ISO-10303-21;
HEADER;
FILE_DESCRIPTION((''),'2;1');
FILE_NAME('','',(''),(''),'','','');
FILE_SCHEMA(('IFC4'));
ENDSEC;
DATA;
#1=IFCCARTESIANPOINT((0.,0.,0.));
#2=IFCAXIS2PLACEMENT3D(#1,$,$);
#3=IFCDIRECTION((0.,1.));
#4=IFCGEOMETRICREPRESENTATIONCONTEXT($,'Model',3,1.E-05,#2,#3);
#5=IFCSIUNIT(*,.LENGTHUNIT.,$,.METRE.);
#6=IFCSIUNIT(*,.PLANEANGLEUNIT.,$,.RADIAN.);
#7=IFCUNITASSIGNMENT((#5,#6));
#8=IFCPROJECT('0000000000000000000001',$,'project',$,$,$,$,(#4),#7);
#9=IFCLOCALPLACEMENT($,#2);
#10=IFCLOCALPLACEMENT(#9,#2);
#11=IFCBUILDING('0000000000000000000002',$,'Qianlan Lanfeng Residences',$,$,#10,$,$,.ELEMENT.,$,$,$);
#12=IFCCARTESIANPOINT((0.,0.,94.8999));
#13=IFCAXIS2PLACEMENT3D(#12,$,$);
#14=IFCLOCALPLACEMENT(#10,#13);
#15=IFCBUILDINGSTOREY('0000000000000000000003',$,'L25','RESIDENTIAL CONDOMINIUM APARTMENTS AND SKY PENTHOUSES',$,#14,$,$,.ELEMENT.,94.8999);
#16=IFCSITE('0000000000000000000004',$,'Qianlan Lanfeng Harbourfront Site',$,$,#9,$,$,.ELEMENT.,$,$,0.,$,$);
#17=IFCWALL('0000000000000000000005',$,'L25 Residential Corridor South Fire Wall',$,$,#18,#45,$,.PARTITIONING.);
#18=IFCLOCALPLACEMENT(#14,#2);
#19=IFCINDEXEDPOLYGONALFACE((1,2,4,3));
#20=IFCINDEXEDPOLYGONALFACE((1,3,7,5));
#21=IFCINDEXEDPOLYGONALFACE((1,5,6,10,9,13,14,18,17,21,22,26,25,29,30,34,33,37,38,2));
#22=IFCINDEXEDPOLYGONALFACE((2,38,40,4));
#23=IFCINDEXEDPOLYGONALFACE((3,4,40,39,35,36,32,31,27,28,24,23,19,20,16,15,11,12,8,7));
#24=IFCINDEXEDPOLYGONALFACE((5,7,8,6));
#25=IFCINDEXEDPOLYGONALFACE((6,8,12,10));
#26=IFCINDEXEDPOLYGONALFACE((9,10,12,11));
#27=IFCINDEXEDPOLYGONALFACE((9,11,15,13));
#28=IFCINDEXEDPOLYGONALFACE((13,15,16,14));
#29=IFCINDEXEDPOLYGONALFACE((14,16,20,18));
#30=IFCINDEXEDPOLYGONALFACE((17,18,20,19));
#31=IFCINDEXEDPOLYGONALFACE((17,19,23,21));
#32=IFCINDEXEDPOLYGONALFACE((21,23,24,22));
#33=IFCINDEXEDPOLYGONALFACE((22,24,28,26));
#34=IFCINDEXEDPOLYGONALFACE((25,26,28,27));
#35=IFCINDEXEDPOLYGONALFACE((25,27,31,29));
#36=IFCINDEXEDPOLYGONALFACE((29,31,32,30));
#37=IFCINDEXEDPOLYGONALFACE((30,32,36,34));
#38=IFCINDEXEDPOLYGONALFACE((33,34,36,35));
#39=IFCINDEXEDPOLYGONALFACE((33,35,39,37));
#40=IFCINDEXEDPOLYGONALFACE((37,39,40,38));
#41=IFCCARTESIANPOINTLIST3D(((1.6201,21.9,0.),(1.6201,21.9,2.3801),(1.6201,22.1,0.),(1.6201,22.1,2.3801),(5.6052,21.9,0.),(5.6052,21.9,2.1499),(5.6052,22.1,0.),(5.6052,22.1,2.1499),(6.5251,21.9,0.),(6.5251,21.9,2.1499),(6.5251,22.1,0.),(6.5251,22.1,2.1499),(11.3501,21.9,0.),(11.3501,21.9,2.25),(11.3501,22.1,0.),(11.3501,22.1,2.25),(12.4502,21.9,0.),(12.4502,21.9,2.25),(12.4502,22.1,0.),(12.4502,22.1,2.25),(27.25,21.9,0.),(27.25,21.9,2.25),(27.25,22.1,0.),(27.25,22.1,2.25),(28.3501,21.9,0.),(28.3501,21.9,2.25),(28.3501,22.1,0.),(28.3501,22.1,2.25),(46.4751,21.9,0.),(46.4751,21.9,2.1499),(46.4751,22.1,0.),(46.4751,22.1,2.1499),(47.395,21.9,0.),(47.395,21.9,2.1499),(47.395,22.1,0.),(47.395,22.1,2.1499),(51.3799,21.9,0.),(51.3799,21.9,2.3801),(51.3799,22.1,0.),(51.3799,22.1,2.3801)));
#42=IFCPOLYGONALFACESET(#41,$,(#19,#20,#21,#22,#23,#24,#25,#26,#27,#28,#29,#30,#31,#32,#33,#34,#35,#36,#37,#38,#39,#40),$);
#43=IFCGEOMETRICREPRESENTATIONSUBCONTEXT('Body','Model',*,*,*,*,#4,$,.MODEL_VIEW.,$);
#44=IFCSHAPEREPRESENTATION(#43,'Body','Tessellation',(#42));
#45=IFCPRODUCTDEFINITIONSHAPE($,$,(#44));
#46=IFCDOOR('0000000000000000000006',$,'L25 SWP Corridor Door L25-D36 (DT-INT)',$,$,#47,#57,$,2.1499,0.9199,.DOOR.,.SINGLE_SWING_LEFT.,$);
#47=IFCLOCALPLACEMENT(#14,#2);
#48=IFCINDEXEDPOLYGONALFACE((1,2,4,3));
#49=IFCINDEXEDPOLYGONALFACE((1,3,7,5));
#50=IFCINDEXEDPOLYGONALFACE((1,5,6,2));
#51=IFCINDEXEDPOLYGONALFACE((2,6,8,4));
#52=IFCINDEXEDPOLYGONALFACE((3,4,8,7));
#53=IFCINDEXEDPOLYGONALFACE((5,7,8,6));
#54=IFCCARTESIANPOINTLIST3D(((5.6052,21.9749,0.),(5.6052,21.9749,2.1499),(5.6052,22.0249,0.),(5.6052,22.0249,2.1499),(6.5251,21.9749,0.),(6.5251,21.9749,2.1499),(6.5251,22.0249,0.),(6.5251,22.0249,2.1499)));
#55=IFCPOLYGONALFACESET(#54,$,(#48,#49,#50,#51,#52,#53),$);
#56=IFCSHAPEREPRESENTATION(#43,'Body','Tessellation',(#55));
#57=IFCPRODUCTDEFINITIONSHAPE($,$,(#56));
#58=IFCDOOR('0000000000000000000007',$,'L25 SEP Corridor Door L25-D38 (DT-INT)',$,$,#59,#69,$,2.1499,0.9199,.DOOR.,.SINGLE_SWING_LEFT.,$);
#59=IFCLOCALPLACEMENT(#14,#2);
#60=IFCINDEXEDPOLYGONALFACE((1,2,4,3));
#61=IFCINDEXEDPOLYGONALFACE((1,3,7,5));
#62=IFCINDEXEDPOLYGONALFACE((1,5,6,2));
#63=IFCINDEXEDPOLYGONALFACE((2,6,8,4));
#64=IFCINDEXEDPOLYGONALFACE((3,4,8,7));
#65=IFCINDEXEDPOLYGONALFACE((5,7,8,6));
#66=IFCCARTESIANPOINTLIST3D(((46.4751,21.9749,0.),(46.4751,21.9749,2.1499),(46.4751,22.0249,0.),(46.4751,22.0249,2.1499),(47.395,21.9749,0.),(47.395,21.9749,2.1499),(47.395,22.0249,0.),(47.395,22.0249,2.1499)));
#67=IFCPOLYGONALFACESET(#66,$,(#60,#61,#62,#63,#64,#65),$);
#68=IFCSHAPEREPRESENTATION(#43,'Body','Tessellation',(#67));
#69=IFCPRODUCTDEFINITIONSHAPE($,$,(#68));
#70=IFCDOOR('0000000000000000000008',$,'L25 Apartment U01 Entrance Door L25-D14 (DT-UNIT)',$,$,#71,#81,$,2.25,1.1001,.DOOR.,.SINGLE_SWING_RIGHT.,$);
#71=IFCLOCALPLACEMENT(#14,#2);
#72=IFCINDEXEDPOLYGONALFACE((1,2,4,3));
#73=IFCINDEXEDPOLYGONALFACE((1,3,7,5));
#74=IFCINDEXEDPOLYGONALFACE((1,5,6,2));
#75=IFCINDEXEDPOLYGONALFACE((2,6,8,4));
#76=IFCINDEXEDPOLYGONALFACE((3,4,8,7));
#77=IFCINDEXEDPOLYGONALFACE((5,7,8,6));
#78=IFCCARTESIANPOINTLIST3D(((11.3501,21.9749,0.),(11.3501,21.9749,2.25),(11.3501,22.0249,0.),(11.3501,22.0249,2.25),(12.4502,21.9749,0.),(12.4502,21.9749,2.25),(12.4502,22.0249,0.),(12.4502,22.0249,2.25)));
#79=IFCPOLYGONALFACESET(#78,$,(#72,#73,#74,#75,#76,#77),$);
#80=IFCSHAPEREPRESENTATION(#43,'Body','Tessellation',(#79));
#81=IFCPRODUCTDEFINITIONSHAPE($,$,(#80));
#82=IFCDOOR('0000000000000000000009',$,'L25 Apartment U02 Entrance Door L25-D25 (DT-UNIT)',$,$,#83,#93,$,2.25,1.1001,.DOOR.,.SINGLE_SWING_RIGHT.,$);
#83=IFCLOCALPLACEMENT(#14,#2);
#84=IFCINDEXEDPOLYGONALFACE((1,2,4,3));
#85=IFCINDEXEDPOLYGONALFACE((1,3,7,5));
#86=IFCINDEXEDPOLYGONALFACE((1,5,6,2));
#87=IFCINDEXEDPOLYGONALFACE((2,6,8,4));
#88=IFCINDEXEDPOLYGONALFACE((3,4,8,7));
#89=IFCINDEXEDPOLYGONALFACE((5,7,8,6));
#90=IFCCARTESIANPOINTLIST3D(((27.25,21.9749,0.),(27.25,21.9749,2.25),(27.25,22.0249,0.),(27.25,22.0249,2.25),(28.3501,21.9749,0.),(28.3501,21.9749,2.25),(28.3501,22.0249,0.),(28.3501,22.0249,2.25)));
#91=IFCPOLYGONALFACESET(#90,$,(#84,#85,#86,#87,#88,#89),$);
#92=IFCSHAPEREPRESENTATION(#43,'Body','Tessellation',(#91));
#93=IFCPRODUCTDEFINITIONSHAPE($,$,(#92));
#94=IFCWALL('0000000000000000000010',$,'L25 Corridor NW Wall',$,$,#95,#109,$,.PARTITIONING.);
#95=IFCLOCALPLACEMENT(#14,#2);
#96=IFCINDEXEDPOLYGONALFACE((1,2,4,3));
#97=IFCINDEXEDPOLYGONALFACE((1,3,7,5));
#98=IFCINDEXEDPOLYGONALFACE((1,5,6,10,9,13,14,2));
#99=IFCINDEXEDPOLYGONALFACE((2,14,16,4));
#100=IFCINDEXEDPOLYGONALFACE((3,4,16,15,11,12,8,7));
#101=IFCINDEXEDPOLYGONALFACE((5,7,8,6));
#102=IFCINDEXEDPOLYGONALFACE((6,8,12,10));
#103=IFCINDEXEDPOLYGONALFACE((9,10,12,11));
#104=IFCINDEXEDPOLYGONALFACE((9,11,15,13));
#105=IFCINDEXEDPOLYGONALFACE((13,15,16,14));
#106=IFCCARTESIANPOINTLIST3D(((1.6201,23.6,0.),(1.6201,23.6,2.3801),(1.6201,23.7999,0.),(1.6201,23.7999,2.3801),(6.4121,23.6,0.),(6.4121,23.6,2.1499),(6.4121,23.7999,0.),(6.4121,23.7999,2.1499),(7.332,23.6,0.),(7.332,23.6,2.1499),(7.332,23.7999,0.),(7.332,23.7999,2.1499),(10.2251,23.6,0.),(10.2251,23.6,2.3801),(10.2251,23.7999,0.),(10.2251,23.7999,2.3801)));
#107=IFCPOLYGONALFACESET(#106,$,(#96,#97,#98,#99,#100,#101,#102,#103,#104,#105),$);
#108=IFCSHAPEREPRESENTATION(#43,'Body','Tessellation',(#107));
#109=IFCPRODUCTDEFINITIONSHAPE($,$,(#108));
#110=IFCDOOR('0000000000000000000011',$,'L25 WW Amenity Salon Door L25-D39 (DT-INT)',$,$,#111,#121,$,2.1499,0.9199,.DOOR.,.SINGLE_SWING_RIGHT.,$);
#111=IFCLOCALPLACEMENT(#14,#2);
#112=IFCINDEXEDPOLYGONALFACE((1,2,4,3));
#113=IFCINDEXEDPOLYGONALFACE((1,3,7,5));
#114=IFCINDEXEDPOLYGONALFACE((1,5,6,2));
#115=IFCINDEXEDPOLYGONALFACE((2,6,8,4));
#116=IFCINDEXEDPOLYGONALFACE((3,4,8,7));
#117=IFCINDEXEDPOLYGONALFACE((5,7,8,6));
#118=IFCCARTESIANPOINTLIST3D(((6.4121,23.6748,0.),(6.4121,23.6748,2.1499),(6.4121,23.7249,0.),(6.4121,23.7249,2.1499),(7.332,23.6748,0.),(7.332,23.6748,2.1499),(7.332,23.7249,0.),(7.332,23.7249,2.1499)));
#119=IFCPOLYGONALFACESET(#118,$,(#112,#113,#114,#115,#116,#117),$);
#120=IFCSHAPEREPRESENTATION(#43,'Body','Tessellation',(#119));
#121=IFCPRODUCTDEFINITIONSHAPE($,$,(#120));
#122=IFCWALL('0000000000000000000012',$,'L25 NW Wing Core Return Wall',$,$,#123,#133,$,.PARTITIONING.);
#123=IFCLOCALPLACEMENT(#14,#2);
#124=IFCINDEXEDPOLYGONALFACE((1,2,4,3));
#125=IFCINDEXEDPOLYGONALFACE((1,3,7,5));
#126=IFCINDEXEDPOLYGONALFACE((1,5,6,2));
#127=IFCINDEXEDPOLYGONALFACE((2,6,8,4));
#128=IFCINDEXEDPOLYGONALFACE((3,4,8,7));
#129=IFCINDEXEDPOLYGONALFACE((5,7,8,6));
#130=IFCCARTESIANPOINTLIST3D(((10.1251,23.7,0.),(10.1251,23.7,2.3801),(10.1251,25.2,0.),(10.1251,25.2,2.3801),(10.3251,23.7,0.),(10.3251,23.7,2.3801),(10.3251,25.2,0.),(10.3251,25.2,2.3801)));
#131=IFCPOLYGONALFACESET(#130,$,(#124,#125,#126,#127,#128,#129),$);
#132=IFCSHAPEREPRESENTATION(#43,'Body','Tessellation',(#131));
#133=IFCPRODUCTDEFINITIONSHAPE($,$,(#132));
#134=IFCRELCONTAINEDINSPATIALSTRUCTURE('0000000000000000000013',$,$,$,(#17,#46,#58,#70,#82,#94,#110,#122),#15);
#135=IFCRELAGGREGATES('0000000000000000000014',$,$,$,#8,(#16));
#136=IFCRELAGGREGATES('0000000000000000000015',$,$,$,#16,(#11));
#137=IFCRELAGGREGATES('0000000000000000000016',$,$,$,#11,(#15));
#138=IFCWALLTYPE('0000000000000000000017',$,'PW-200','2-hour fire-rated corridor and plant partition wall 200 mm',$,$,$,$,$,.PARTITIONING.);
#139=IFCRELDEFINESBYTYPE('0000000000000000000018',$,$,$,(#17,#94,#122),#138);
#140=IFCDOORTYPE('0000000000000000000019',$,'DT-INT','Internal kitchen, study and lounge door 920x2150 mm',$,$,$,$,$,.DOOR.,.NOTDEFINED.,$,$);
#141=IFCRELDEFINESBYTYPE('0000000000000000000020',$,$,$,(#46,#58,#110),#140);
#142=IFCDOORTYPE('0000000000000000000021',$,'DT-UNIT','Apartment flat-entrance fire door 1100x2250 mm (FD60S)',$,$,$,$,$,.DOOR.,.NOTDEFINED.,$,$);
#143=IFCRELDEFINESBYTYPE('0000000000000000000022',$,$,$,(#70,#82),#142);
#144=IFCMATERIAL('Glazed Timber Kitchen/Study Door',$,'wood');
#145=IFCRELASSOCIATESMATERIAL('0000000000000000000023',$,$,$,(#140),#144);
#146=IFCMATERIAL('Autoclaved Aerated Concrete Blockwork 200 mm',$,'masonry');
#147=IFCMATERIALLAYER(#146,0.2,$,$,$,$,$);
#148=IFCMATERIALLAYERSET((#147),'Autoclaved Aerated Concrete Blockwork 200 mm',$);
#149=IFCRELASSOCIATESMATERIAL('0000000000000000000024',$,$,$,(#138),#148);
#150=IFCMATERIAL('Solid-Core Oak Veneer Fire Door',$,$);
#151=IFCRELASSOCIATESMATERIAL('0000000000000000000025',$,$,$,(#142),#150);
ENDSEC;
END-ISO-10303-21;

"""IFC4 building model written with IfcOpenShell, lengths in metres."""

from ifc_helpers import new_model, si_unit, direction, frame, frame_2d, origin, place, context, subcontext, project, spatial, rectangle, extrude, material, layer, layer_set, type_object, element, fill, save


model = new_model("IFC4")

# Units and contexts
model_context = context("Model", 3, precision=1e-05, world=origin(), true_north=direction((0.0, 1.0)))
body_context = subcontext(model_context, "Body", "Model", "MODEL_VIEW")
ifc_project = project(units=[si_unit("LENGTHUNIT", "METRE"), si_unit("PLANEANGLEUNIT", "RADIAN")], contexts=[model_context])

# Site, building, storey
site_placement = place(None, origin())
site = spatial("IfcSite", under=ifc_project, at=site_placement, Name="Qianlan Lanfeng Harbourfront Site", CompositionType="ELEMENT", RefElevation=0.0)
building_placement = place(site_placement, origin())
building = spatial("IfcBuilding", under=site, at=building_placement, Name="Qianlan Lanfeng Residences", CompositionType="ELEMENT")
storey_placement = place(building_placement, frame((0.0, 0.0, 94.8999)))
storey = spatial("IfcBuildingStorey", under=building, at=storey_placement, Name="L25", Description="RESIDENTIAL CONDOMINIUM APARTMENTS AND SKY PENTHOUSES", CompositionType="ELEMENT", Elevation=94.8999)

# Shared definitions
ifc_material_1 = material(Name="Glazed Timber Kitchen/Study Door", Category="wood")
door_type_1 = type_object("IfcDoorType", Name="DT-INT", Description="Internal kitchen, study and lounge door 920x2150 mm", OperationType="NOTDEFINED", PredefinedType="DOOR", material=ifc_material_1)

# Wall, openings, doors
ifc_material_2 = material(Name="Autoclaved Aerated Concrete Blockwork 200 mm", Category="masonry")
ifc_layer_1 = layer(ifc_material_2, 0.2)
ifc_layer_set_1 = layer_set([ifc_layer_1], Name="Autoclaved Aerated Concrete Blockwork 200 mm")
wall_type_1 = type_object("IfcWallType", Name="PW-200", Description="2-hour fire-rated corridor and plant partition wall 200 mm", PredefinedType="PARTITIONING", material=ifc_layer_set_1)
wall_1_placement = place(storey_placement, frame((1.6201, 22.0, 0.0), z_axis=(0.0, 0.0, 1.0), x_axis=(1.0, 0.0, 0.0)))
wall_1 = element("IfcWall", 1, at=wall_1_placement, inside=storey, type_object=wall_type_1, Name="L25 Residential Corridor South Fire Wall", PredefinedType="PARTITIONING", context=body_context, shape_type="SweptSolid", body=[
    extrude(rectangle(XDim=49.7598, YDim=0.2, at=frame_2d((24.8799, 0.0))), origin(), (0.0, 0.0, 1.0), 2.3801),
])
opening_1_placement = place(wall_1_placement, frame((9.73, 0.0, 0.0)))
opening_1 = element("IfcOpeningElement", 2, at=opening_1_placement, cuts=wall_1, PredefinedType="OPENING", context=body_context, shape_type="SweptSolid", body=[
    extrude(rectangle(XDim=1.1001, YDim=2.25, at=frame_2d((0.55, 1.125))), frame((0.0, 0.1099, 0.0), z_axis=(0.0, -1.0, 0.0), x_axis=(1.0, 0.0, 0.0)), (0.0, 0.0, 1.0), 0.22),
])
opening_2_placement = place(wall_1_placement, frame((25.6299, 0.0, 0.0)))
opening_2 = element("IfcOpeningElement", 3, at=opening_2_placement, cuts=wall_1, PredefinedType="OPENING", context=body_context, shape_type="SweptSolid", body=[
    extrude(rectangle(XDim=1.1001, YDim=2.25, at=frame_2d((0.55, 1.125))), frame((0.0, 0.1099, 0.0), z_axis=(0.0, -1.0, 0.0), x_axis=(1.0, 0.0, 0.0)), (0.0, 0.0, 1.0), 0.22),
])
opening_3_placement = place(wall_1_placement, frame((3.9851, 0.0, 0.0)))
opening_3 = element("IfcOpeningElement", 4, at=opening_3_placement, cuts=wall_1, PredefinedType="OPENING", context=body_context, shape_type="SweptSolid", body=[
    extrude(rectangle(XDim=0.9199, YDim=2.1499, at=frame_2d((0.46, 1.075))), frame((0.0, 0.1099, 0.0), z_axis=(0.0, -1.0, 0.0), x_axis=(1.0, 0.0, 0.0)), (0.0, 0.0, 1.0), 0.22),
])
opening_4_placement = place(wall_1_placement, frame((44.855, 0.0, 0.0)))
opening_4 = element("IfcOpeningElement", 5, at=opening_4_placement, cuts=wall_1, PredefinedType="OPENING", context=body_context, shape_type="SweptSolid", body=[
    extrude(rectangle(XDim=0.9199, YDim=2.1499, at=frame_2d((0.46, 1.075))), frame((0.0, 0.1099, 0.0), z_axis=(0.0, -1.0, 0.0), x_axis=(1.0, 0.0, 0.0)), (0.0, 0.0, 1.0), 0.22),
])
door_1_placement = place(opening_3_placement, origin())
door_1 = element("IfcDoor", 6, at=door_1_placement, inside=storey, type_object=door_type_1, Name="L25 SWP Corridor Door L25-D36 (DT-INT)", OperationType="SINGLE_SWING_LEFT", OverallHeight=2.1499, OverallWidth=0.9199, PredefinedType="DOOR", context=body_context, shape_type="SweptSolid", body=[
    extrude(rectangle(XDim=0.9199, YDim=2.1499, at=frame_2d((0.46, 1.075))), frame((0.0, 0.0249, 0.0), z_axis=(0.0, -1.0, 0.0), x_axis=(1.0, 0.0, 0.0)), (0.0, 0.0, 1.0), 0.05),
])
fill(opening_3, door_1)
door_2_placement = place(opening_4_placement, origin())
door_2 = element("IfcDoor", 7, at=door_2_placement, inside=storey, type_object=door_type_1, Name="L25 SEP Corridor Door L25-D38 (DT-INT)", OperationType="SINGLE_SWING_LEFT", OverallHeight=2.1499, OverallWidth=0.9199, PredefinedType="DOOR", context=body_context, shape_type="SweptSolid", body=[
    extrude(rectangle(XDim=0.9199, YDim=2.1499, at=frame_2d((0.46, 1.075))), frame((0.0, 0.0249, 0.0), z_axis=(0.0, -1.0, 0.0), x_axis=(1.0, 0.0, 0.0)), (0.0, 0.0, 1.0), 0.05),
])
fill(opening_4, door_2)
ifc_material_3 = material(Name="Solid-Core Oak Veneer Fire Door")
door_type_2 = type_object("IfcDoorType", Name="DT-UNIT", Description="Apartment flat-entrance fire door 1100x2250 mm (FD60S)", OperationType="NOTDEFINED", PredefinedType="DOOR", material=ifc_material_3)
door_3_placement = place(opening_1_placement, origin())
door_3 = element("IfcDoor", 8, at=door_3_placement, inside=storey, type_object=door_type_2, Name="L25 Apartment U01 Entrance Door L25-D14 (DT-UNIT)", OperationType="SINGLE_SWING_RIGHT", OverallHeight=2.25, OverallWidth=1.1001, PredefinedType="DOOR", context=body_context, shape_type="SweptSolid", body=[
    extrude(rectangle(XDim=1.1001, YDim=2.25, at=frame_2d((0.55, 1.125))), frame((0.0, 0.0249, 0.0), z_axis=(0.0, -1.0, 0.0), x_axis=(1.0, 0.0, 0.0)), (0.0, 0.0, 1.0), 0.05),
])
fill(opening_1, door_3)
door_4_placement = place(opening_2_placement, origin())
door_4 = element("IfcDoor", 9, at=door_4_placement, inside=storey, type_object=door_type_2, Name="L25 Apartment U02 Entrance Door L25-D25 (DT-UNIT)", OperationType="SINGLE_SWING_RIGHT", OverallHeight=2.25, OverallWidth=1.1001, PredefinedType="DOOR", context=body_context, shape_type="SweptSolid", body=[
    extrude(rectangle(XDim=1.1001, YDim=2.25, at=frame_2d((0.55, 1.125))), frame((0.0, 0.0249, 0.0), z_axis=(0.0, -1.0, 0.0), x_axis=(1.0, 0.0, 0.0)), (0.0, 0.0, 1.0), 0.05),
])
fill(opening_2, door_4)

# Wall, opening, door
wall_2_placement = place(storey_placement, frame((1.6201, 23.7, 0.0), z_axis=(0.0, 0.0, 1.0), x_axis=(1.0, 0.0, 0.0)))
wall_2 = element("IfcWall", 10, at=wall_2_placement, inside=storey, type_object=wall_type_1, Name="L25 Corridor NW Wall", PredefinedType="PARTITIONING", context=body_context, shape_type="SweptSolid", body=[
    extrude(rectangle(XDim=8.605, YDim=0.2, at=frame_2d((4.3025, 0.0))), origin(), (0.0, 0.0, 1.0), 2.3801),
])
opening_5_placement = place(wall_2_placement, frame((4.792, 0.0, 0.0)))
opening_5 = element("IfcOpeningElement", 11, at=opening_5_placement, cuts=wall_2, PredefinedType="OPENING", context=body_context, shape_type="SweptSolid", body=[
    extrude(rectangle(XDim=0.9199, YDim=2.1499, at=frame_2d((0.46, 1.075))), frame((0.0, 0.1099, 0.0), z_axis=(0.0, -1.0, 0.0), x_axis=(1.0, 0.0, 0.0)), (0.0, 0.0, 1.0), 0.22),
])
door_5_placement = place(opening_5_placement, origin())
door_5 = element("IfcDoor", 12, at=door_5_placement, inside=storey, type_object=door_type_1, Name="L25 WW Amenity Salon Door L25-D39 (DT-INT)", OperationType="SINGLE_SWING_RIGHT", OverallHeight=2.1499, OverallWidth=0.9199, PredefinedType="DOOR", context=body_context, shape_type="SweptSolid", body=[
    extrude(rectangle(XDim=0.9199, YDim=2.1499, at=frame_2d((0.46, 1.075))), frame((0.0, 0.0249, 0.0), z_axis=(0.0, -1.0, 0.0), x_axis=(1.0, 0.0, 0.0)), (0.0, 0.0, 1.0), 0.05),
])
fill(opening_5, door_5)

# Wall
wall_3_placement = place(storey_placement, frame((10.2251, 23.7, 0.0), z_axis=(0.0, 0.0, 1.0), x_axis=(0.0, 1.0, 0.0)))
element("IfcWall", 13, at=wall_3_placement, inside=storey, type_object=wall_type_1, Name="L25 NW Wing Core Return Wall", PredefinedType="PARTITIONING", context=body_context, shape_type="SweptSolid", body=[
    extrude(rectangle(XDim=1.5, YDim=0.2, at=frame_2d((0.75, 0.0))), origin(), (0.0, 0.0, 1.0), 2.3801),
])

save(model, "model.ifc")
